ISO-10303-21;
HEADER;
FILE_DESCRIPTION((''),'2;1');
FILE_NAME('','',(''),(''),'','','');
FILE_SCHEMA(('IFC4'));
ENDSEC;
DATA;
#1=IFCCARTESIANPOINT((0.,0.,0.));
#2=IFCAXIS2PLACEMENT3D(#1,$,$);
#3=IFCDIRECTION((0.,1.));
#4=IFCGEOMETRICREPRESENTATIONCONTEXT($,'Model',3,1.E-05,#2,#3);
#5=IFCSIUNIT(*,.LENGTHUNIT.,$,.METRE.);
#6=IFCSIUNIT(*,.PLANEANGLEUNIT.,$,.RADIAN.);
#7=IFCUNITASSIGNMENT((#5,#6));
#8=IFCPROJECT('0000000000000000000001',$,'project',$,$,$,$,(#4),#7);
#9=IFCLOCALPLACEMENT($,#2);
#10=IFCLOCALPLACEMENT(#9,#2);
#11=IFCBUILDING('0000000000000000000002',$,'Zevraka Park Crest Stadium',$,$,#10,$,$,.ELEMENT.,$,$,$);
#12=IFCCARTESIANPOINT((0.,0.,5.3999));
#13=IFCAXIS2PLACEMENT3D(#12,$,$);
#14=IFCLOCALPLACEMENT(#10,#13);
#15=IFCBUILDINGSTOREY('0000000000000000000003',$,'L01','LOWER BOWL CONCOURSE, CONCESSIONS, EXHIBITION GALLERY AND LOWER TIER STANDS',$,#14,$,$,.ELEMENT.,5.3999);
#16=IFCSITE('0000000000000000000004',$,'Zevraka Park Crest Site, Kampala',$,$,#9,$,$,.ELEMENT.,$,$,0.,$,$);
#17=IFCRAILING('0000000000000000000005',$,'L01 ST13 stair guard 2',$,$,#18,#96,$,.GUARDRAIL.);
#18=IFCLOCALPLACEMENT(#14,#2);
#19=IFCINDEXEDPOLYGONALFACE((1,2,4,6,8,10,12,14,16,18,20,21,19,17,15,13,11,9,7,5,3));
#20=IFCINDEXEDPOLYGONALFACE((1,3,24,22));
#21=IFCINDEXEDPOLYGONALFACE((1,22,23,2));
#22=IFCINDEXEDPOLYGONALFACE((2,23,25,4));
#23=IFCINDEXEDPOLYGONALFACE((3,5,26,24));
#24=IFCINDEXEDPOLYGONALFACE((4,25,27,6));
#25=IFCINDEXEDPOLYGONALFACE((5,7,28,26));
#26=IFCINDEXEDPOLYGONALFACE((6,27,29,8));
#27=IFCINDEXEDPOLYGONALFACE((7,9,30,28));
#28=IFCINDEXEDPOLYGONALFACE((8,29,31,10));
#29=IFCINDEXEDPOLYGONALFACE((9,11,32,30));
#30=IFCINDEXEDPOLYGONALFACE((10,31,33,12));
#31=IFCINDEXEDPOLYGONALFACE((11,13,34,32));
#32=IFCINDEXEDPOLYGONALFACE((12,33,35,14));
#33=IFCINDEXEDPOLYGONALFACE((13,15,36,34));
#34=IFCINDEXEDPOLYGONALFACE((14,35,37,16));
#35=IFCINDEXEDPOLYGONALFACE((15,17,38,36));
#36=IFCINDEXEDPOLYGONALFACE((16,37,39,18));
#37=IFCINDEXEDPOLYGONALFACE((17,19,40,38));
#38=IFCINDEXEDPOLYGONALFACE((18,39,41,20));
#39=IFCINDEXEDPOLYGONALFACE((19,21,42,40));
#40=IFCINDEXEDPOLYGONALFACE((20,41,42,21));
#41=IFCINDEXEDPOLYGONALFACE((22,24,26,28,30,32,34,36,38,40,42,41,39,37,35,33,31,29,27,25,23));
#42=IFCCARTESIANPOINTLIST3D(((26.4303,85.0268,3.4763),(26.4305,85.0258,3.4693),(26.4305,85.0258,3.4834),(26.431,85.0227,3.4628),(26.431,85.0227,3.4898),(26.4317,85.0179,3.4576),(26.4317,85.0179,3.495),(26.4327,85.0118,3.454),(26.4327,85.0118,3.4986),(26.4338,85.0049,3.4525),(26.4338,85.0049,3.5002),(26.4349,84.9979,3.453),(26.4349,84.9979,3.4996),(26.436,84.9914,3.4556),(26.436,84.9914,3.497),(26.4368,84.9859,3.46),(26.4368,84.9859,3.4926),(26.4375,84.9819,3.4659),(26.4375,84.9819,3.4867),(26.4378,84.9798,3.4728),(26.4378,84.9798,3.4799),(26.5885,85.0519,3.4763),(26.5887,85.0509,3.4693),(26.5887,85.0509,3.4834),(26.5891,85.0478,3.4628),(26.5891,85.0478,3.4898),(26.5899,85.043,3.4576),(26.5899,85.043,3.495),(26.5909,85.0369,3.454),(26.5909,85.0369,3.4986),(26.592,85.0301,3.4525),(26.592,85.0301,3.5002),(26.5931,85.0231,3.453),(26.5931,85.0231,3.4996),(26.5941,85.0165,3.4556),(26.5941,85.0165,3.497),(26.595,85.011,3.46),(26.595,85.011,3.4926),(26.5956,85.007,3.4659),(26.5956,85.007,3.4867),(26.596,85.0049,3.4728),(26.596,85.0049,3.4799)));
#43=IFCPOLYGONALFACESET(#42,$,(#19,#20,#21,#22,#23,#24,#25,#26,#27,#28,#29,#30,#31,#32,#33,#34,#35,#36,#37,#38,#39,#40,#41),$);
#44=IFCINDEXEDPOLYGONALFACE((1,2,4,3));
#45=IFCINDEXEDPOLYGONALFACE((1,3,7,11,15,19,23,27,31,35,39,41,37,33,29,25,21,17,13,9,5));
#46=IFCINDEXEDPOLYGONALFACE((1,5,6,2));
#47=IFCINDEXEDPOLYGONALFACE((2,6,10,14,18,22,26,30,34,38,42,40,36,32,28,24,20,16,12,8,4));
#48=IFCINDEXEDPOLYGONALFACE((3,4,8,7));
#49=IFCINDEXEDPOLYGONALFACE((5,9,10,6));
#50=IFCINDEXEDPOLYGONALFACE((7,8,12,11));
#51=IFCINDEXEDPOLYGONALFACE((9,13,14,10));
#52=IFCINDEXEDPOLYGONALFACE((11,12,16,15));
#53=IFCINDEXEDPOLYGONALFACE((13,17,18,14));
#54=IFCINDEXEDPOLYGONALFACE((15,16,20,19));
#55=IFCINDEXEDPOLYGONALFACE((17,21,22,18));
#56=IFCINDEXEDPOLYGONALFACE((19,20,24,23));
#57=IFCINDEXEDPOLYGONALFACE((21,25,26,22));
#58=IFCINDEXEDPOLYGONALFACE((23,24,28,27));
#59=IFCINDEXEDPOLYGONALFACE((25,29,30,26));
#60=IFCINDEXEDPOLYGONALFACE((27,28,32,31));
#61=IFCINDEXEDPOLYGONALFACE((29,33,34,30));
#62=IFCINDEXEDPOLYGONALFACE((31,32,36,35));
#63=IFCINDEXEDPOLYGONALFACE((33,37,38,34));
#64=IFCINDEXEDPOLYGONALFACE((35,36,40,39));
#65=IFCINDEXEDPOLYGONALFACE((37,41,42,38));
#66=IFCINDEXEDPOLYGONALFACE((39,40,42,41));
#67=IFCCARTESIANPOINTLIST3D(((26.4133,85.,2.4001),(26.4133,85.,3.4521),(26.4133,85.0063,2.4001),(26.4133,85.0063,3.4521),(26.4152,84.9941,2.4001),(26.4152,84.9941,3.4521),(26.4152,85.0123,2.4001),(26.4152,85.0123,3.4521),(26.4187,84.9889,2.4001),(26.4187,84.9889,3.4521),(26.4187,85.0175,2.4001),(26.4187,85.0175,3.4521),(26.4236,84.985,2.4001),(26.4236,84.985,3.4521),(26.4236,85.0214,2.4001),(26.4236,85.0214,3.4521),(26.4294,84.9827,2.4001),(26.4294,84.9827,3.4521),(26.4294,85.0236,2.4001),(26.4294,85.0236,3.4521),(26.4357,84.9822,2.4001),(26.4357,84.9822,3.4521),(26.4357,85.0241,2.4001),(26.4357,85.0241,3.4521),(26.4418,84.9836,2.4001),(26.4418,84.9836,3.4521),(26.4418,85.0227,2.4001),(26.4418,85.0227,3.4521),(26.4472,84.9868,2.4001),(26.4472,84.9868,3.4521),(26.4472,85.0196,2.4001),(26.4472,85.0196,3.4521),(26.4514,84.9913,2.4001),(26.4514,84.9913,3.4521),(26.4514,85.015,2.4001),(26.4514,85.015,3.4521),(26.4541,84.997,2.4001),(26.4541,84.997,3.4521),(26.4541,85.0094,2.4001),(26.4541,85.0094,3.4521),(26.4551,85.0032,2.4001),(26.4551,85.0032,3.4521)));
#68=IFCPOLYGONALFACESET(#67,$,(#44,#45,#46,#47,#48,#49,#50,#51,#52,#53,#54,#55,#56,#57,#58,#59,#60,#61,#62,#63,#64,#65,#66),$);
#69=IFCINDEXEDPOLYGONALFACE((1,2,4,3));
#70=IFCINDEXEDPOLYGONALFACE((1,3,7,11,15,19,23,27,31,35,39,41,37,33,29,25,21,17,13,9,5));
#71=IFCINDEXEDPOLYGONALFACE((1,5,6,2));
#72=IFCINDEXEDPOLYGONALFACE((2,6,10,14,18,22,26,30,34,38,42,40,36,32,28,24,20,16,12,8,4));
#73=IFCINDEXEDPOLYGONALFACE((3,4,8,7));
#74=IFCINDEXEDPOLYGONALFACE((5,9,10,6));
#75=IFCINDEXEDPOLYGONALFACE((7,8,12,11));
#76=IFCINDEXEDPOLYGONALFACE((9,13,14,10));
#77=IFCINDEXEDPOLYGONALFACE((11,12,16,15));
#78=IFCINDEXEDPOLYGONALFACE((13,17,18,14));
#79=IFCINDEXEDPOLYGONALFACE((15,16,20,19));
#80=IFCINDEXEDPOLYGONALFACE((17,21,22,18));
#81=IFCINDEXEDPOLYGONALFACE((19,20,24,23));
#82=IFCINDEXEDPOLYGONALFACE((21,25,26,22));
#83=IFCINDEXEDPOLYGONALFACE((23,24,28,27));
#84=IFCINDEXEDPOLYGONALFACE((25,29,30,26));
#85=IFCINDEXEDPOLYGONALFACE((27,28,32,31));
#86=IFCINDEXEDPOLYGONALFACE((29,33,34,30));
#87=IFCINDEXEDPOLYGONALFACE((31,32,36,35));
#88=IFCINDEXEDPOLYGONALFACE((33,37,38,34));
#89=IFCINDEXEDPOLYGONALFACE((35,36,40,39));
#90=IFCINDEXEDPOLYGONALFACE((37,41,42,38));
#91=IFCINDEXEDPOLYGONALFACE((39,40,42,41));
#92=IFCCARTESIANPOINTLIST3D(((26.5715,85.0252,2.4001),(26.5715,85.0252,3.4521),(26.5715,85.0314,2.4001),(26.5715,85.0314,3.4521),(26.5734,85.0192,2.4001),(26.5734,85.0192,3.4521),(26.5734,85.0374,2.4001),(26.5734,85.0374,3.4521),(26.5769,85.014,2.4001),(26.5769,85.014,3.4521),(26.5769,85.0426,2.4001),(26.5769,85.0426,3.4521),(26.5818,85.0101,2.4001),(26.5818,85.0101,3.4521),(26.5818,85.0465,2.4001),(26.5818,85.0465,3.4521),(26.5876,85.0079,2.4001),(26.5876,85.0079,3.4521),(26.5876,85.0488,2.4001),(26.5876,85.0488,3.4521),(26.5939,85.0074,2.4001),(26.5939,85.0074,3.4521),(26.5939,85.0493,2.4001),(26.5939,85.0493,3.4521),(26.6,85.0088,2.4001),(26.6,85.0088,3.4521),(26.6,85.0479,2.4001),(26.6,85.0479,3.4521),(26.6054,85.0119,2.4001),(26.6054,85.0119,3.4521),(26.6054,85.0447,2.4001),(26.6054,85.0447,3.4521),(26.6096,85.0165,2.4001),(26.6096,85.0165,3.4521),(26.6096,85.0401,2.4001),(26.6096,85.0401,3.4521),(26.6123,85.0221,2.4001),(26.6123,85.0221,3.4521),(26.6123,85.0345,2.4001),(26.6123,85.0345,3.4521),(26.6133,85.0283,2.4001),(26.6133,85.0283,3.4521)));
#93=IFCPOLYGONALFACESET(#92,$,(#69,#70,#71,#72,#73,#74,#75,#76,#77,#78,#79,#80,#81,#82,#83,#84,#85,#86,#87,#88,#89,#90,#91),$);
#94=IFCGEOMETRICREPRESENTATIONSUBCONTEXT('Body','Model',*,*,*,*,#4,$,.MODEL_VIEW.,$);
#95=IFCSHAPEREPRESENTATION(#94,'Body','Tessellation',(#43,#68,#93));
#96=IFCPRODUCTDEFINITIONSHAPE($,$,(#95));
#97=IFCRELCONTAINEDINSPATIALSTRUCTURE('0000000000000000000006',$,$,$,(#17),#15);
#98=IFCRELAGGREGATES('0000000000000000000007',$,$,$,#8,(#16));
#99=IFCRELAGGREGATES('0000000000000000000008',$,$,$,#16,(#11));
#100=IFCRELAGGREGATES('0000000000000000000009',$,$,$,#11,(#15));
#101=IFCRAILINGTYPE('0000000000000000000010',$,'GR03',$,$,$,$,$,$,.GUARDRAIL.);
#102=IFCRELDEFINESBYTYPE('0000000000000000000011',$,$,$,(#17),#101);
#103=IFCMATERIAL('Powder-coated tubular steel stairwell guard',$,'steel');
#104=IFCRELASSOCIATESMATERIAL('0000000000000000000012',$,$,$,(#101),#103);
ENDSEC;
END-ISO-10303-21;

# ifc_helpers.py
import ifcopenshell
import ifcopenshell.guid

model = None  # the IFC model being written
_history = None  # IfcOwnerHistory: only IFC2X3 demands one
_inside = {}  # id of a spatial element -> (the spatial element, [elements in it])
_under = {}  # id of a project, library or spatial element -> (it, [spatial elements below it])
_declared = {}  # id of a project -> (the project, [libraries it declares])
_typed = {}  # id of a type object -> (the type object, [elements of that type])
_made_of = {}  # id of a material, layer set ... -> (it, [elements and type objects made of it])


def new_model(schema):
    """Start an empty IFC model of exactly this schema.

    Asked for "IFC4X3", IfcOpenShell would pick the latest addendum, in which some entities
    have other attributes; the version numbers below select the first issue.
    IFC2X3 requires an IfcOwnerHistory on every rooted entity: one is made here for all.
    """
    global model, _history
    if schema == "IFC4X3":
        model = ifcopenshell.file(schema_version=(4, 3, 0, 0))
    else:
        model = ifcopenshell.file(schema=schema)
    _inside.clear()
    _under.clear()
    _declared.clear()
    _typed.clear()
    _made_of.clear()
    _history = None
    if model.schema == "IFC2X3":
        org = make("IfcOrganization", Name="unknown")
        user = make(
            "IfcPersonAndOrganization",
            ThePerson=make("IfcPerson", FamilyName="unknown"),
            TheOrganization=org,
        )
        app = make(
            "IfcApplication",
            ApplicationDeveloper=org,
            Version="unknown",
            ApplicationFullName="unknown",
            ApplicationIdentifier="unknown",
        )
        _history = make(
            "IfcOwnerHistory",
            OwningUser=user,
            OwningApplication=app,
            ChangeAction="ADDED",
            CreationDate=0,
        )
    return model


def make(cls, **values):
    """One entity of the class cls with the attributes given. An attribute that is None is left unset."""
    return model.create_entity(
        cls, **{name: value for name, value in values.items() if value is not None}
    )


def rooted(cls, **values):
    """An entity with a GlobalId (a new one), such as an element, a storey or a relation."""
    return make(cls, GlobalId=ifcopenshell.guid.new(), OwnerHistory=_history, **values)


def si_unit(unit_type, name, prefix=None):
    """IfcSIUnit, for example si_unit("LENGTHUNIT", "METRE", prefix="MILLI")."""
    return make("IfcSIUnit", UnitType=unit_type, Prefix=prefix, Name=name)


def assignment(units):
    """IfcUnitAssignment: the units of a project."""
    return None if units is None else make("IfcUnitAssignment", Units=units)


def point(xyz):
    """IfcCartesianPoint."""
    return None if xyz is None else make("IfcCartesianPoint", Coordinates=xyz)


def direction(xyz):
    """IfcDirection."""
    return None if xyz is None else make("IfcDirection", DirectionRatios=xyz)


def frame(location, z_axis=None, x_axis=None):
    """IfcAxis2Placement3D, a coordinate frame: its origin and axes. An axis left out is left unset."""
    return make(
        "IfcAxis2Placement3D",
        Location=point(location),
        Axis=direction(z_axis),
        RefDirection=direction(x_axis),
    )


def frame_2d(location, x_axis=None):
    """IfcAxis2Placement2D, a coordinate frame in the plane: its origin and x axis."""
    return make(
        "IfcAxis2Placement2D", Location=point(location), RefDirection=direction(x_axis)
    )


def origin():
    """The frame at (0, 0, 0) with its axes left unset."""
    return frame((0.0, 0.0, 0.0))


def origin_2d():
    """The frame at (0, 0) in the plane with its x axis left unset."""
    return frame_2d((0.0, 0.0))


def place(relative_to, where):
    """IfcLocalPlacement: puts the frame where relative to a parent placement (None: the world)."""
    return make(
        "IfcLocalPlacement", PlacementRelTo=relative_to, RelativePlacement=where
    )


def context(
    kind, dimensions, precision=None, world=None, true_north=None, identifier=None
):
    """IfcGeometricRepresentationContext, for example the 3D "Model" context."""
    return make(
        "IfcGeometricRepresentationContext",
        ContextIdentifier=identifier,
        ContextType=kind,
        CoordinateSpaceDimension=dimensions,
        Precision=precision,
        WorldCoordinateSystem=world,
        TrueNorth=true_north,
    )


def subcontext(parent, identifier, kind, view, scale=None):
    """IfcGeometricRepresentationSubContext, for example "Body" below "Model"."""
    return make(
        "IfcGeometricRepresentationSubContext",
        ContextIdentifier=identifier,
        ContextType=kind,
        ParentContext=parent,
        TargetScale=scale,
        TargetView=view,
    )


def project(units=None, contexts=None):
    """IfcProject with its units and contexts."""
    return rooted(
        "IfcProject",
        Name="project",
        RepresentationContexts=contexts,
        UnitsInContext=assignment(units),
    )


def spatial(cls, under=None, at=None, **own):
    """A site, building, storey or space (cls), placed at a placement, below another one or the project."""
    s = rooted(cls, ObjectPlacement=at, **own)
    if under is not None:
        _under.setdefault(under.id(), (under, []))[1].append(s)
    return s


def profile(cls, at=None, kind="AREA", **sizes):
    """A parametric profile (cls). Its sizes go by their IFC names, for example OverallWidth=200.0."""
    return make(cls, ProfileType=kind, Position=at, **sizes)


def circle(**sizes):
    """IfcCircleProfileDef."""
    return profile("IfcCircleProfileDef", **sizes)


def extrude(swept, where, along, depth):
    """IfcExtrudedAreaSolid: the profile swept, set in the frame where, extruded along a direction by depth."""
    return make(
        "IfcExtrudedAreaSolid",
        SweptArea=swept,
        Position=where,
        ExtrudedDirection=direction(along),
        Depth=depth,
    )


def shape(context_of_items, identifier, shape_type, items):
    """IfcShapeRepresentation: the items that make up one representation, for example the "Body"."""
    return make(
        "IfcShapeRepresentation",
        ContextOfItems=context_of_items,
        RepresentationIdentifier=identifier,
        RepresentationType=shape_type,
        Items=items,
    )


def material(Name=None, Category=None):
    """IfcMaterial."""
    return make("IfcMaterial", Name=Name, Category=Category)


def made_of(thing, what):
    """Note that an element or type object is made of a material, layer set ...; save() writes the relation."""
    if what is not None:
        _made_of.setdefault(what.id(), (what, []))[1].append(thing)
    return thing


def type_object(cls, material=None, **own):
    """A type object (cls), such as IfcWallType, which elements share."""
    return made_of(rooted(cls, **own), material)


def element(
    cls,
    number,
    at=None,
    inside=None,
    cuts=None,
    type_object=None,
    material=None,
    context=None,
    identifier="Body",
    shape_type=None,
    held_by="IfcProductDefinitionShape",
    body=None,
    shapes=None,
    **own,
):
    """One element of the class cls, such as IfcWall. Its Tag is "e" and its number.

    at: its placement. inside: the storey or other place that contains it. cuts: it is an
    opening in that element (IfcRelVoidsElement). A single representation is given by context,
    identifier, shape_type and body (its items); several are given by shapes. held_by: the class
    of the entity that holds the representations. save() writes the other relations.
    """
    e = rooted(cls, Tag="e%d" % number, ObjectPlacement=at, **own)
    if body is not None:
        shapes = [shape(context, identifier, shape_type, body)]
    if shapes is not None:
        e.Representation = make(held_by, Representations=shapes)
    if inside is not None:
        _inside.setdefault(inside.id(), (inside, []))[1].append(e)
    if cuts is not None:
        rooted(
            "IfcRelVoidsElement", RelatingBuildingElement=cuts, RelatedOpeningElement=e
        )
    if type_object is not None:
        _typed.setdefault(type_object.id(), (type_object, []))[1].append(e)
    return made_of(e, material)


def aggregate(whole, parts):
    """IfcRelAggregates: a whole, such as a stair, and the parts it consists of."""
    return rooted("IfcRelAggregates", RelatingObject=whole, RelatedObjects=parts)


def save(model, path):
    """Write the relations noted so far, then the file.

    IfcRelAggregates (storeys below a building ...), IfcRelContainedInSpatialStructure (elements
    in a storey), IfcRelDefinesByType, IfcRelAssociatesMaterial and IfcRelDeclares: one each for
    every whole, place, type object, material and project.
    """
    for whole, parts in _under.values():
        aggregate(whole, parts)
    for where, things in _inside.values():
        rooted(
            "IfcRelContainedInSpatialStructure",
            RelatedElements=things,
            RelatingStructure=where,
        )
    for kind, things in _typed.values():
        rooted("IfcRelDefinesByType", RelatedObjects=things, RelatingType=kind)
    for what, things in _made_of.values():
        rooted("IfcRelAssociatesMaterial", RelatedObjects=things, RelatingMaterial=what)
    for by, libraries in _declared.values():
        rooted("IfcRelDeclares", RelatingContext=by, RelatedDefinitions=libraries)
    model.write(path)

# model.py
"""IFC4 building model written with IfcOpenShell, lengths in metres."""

from ifc_helpers import new_model, si_unit, direction, frame, origin, origin_2d, place, context, subcontext, project, spatial, circle, extrude, material, type_object, element, save


model = new_model("IFC4")

# Units and contexts
model_context = context("Model", 3, precision=1e-05, world=origin(), true_north=direction((0.0, 1.0)))
body_context = subcontext(model_context, "Body", "Model", "MODEL_VIEW")
ifc_project = project(units=[si_unit("LENGTHUNIT", "METRE"), si_unit("PLANEANGLEUNIT", "RADIAN")], contexts=[model_context])

# Site, building, storey
site_placement = place(None, origin())
site = spatial("IfcSite", under=ifc_project, at=site_placement, Name="Zevraka Park Crest Site, Kampala", CompositionType="ELEMENT", RefElevation=0.0)
building_placement = place(site_placement, origin())
building = spatial("IfcBuilding", under=site, at=building_placement, Name="Zevraka Park Crest Stadium", CompositionType="ELEMENT")
storey_placement = place(building_placement, frame((0.0, 0.0, 5.3999)))
storey = spatial("IfcBuildingStorey", under=building, at=storey_placement, Name="L01", Description="LOWER BOWL CONCOURSE, CONCESSIONS, EXHIBITION GALLERY AND LOWER TIER STANDS", CompositionType="ELEMENT", Elevation=5.3999)

# Railing
ifc_material_1 = material(Name="Powder-coated tubular steel stairwell guard", Category="steel")
railing_type_1 = type_object("IfcRailingType", Name="GR03", PredefinedType="GUARDRAIL", material=ifc_material_1)
railing_1_placement = place(storey_placement, frame((26.4341, 85.0032, 2.4001)))
element("IfcRailing", 1, at=railing_1_placement, inside=storey, type_object=railing_type_1, Name="L01 ST13 stair guard 2", PredefinedType="GUARDRAIL", context=body_context, shape_type="SweptSolid", body=[
    extrude(circle(Radius=0.0239, at=origin_2d()), frame((0.0, 0.0, 1.0762), z_axis=(0.987602, 0.15698, 0.0), x_axis=(-0.15698, 0.987602, 0.0)), (0.0, 0.0, 1.0), 0.1602),
    extrude(circle(Radius=0.021, at=origin_2d()), origin(), (0.0, 0.0, 1.0), 1.052),
    extrude(circle(Radius=0.021, at=origin_2d()), frame((0.1582, 0.0251, 0.0)), (0.0, 0.0, 1.0), 1.052),
])

save(model, "model.ifc")
